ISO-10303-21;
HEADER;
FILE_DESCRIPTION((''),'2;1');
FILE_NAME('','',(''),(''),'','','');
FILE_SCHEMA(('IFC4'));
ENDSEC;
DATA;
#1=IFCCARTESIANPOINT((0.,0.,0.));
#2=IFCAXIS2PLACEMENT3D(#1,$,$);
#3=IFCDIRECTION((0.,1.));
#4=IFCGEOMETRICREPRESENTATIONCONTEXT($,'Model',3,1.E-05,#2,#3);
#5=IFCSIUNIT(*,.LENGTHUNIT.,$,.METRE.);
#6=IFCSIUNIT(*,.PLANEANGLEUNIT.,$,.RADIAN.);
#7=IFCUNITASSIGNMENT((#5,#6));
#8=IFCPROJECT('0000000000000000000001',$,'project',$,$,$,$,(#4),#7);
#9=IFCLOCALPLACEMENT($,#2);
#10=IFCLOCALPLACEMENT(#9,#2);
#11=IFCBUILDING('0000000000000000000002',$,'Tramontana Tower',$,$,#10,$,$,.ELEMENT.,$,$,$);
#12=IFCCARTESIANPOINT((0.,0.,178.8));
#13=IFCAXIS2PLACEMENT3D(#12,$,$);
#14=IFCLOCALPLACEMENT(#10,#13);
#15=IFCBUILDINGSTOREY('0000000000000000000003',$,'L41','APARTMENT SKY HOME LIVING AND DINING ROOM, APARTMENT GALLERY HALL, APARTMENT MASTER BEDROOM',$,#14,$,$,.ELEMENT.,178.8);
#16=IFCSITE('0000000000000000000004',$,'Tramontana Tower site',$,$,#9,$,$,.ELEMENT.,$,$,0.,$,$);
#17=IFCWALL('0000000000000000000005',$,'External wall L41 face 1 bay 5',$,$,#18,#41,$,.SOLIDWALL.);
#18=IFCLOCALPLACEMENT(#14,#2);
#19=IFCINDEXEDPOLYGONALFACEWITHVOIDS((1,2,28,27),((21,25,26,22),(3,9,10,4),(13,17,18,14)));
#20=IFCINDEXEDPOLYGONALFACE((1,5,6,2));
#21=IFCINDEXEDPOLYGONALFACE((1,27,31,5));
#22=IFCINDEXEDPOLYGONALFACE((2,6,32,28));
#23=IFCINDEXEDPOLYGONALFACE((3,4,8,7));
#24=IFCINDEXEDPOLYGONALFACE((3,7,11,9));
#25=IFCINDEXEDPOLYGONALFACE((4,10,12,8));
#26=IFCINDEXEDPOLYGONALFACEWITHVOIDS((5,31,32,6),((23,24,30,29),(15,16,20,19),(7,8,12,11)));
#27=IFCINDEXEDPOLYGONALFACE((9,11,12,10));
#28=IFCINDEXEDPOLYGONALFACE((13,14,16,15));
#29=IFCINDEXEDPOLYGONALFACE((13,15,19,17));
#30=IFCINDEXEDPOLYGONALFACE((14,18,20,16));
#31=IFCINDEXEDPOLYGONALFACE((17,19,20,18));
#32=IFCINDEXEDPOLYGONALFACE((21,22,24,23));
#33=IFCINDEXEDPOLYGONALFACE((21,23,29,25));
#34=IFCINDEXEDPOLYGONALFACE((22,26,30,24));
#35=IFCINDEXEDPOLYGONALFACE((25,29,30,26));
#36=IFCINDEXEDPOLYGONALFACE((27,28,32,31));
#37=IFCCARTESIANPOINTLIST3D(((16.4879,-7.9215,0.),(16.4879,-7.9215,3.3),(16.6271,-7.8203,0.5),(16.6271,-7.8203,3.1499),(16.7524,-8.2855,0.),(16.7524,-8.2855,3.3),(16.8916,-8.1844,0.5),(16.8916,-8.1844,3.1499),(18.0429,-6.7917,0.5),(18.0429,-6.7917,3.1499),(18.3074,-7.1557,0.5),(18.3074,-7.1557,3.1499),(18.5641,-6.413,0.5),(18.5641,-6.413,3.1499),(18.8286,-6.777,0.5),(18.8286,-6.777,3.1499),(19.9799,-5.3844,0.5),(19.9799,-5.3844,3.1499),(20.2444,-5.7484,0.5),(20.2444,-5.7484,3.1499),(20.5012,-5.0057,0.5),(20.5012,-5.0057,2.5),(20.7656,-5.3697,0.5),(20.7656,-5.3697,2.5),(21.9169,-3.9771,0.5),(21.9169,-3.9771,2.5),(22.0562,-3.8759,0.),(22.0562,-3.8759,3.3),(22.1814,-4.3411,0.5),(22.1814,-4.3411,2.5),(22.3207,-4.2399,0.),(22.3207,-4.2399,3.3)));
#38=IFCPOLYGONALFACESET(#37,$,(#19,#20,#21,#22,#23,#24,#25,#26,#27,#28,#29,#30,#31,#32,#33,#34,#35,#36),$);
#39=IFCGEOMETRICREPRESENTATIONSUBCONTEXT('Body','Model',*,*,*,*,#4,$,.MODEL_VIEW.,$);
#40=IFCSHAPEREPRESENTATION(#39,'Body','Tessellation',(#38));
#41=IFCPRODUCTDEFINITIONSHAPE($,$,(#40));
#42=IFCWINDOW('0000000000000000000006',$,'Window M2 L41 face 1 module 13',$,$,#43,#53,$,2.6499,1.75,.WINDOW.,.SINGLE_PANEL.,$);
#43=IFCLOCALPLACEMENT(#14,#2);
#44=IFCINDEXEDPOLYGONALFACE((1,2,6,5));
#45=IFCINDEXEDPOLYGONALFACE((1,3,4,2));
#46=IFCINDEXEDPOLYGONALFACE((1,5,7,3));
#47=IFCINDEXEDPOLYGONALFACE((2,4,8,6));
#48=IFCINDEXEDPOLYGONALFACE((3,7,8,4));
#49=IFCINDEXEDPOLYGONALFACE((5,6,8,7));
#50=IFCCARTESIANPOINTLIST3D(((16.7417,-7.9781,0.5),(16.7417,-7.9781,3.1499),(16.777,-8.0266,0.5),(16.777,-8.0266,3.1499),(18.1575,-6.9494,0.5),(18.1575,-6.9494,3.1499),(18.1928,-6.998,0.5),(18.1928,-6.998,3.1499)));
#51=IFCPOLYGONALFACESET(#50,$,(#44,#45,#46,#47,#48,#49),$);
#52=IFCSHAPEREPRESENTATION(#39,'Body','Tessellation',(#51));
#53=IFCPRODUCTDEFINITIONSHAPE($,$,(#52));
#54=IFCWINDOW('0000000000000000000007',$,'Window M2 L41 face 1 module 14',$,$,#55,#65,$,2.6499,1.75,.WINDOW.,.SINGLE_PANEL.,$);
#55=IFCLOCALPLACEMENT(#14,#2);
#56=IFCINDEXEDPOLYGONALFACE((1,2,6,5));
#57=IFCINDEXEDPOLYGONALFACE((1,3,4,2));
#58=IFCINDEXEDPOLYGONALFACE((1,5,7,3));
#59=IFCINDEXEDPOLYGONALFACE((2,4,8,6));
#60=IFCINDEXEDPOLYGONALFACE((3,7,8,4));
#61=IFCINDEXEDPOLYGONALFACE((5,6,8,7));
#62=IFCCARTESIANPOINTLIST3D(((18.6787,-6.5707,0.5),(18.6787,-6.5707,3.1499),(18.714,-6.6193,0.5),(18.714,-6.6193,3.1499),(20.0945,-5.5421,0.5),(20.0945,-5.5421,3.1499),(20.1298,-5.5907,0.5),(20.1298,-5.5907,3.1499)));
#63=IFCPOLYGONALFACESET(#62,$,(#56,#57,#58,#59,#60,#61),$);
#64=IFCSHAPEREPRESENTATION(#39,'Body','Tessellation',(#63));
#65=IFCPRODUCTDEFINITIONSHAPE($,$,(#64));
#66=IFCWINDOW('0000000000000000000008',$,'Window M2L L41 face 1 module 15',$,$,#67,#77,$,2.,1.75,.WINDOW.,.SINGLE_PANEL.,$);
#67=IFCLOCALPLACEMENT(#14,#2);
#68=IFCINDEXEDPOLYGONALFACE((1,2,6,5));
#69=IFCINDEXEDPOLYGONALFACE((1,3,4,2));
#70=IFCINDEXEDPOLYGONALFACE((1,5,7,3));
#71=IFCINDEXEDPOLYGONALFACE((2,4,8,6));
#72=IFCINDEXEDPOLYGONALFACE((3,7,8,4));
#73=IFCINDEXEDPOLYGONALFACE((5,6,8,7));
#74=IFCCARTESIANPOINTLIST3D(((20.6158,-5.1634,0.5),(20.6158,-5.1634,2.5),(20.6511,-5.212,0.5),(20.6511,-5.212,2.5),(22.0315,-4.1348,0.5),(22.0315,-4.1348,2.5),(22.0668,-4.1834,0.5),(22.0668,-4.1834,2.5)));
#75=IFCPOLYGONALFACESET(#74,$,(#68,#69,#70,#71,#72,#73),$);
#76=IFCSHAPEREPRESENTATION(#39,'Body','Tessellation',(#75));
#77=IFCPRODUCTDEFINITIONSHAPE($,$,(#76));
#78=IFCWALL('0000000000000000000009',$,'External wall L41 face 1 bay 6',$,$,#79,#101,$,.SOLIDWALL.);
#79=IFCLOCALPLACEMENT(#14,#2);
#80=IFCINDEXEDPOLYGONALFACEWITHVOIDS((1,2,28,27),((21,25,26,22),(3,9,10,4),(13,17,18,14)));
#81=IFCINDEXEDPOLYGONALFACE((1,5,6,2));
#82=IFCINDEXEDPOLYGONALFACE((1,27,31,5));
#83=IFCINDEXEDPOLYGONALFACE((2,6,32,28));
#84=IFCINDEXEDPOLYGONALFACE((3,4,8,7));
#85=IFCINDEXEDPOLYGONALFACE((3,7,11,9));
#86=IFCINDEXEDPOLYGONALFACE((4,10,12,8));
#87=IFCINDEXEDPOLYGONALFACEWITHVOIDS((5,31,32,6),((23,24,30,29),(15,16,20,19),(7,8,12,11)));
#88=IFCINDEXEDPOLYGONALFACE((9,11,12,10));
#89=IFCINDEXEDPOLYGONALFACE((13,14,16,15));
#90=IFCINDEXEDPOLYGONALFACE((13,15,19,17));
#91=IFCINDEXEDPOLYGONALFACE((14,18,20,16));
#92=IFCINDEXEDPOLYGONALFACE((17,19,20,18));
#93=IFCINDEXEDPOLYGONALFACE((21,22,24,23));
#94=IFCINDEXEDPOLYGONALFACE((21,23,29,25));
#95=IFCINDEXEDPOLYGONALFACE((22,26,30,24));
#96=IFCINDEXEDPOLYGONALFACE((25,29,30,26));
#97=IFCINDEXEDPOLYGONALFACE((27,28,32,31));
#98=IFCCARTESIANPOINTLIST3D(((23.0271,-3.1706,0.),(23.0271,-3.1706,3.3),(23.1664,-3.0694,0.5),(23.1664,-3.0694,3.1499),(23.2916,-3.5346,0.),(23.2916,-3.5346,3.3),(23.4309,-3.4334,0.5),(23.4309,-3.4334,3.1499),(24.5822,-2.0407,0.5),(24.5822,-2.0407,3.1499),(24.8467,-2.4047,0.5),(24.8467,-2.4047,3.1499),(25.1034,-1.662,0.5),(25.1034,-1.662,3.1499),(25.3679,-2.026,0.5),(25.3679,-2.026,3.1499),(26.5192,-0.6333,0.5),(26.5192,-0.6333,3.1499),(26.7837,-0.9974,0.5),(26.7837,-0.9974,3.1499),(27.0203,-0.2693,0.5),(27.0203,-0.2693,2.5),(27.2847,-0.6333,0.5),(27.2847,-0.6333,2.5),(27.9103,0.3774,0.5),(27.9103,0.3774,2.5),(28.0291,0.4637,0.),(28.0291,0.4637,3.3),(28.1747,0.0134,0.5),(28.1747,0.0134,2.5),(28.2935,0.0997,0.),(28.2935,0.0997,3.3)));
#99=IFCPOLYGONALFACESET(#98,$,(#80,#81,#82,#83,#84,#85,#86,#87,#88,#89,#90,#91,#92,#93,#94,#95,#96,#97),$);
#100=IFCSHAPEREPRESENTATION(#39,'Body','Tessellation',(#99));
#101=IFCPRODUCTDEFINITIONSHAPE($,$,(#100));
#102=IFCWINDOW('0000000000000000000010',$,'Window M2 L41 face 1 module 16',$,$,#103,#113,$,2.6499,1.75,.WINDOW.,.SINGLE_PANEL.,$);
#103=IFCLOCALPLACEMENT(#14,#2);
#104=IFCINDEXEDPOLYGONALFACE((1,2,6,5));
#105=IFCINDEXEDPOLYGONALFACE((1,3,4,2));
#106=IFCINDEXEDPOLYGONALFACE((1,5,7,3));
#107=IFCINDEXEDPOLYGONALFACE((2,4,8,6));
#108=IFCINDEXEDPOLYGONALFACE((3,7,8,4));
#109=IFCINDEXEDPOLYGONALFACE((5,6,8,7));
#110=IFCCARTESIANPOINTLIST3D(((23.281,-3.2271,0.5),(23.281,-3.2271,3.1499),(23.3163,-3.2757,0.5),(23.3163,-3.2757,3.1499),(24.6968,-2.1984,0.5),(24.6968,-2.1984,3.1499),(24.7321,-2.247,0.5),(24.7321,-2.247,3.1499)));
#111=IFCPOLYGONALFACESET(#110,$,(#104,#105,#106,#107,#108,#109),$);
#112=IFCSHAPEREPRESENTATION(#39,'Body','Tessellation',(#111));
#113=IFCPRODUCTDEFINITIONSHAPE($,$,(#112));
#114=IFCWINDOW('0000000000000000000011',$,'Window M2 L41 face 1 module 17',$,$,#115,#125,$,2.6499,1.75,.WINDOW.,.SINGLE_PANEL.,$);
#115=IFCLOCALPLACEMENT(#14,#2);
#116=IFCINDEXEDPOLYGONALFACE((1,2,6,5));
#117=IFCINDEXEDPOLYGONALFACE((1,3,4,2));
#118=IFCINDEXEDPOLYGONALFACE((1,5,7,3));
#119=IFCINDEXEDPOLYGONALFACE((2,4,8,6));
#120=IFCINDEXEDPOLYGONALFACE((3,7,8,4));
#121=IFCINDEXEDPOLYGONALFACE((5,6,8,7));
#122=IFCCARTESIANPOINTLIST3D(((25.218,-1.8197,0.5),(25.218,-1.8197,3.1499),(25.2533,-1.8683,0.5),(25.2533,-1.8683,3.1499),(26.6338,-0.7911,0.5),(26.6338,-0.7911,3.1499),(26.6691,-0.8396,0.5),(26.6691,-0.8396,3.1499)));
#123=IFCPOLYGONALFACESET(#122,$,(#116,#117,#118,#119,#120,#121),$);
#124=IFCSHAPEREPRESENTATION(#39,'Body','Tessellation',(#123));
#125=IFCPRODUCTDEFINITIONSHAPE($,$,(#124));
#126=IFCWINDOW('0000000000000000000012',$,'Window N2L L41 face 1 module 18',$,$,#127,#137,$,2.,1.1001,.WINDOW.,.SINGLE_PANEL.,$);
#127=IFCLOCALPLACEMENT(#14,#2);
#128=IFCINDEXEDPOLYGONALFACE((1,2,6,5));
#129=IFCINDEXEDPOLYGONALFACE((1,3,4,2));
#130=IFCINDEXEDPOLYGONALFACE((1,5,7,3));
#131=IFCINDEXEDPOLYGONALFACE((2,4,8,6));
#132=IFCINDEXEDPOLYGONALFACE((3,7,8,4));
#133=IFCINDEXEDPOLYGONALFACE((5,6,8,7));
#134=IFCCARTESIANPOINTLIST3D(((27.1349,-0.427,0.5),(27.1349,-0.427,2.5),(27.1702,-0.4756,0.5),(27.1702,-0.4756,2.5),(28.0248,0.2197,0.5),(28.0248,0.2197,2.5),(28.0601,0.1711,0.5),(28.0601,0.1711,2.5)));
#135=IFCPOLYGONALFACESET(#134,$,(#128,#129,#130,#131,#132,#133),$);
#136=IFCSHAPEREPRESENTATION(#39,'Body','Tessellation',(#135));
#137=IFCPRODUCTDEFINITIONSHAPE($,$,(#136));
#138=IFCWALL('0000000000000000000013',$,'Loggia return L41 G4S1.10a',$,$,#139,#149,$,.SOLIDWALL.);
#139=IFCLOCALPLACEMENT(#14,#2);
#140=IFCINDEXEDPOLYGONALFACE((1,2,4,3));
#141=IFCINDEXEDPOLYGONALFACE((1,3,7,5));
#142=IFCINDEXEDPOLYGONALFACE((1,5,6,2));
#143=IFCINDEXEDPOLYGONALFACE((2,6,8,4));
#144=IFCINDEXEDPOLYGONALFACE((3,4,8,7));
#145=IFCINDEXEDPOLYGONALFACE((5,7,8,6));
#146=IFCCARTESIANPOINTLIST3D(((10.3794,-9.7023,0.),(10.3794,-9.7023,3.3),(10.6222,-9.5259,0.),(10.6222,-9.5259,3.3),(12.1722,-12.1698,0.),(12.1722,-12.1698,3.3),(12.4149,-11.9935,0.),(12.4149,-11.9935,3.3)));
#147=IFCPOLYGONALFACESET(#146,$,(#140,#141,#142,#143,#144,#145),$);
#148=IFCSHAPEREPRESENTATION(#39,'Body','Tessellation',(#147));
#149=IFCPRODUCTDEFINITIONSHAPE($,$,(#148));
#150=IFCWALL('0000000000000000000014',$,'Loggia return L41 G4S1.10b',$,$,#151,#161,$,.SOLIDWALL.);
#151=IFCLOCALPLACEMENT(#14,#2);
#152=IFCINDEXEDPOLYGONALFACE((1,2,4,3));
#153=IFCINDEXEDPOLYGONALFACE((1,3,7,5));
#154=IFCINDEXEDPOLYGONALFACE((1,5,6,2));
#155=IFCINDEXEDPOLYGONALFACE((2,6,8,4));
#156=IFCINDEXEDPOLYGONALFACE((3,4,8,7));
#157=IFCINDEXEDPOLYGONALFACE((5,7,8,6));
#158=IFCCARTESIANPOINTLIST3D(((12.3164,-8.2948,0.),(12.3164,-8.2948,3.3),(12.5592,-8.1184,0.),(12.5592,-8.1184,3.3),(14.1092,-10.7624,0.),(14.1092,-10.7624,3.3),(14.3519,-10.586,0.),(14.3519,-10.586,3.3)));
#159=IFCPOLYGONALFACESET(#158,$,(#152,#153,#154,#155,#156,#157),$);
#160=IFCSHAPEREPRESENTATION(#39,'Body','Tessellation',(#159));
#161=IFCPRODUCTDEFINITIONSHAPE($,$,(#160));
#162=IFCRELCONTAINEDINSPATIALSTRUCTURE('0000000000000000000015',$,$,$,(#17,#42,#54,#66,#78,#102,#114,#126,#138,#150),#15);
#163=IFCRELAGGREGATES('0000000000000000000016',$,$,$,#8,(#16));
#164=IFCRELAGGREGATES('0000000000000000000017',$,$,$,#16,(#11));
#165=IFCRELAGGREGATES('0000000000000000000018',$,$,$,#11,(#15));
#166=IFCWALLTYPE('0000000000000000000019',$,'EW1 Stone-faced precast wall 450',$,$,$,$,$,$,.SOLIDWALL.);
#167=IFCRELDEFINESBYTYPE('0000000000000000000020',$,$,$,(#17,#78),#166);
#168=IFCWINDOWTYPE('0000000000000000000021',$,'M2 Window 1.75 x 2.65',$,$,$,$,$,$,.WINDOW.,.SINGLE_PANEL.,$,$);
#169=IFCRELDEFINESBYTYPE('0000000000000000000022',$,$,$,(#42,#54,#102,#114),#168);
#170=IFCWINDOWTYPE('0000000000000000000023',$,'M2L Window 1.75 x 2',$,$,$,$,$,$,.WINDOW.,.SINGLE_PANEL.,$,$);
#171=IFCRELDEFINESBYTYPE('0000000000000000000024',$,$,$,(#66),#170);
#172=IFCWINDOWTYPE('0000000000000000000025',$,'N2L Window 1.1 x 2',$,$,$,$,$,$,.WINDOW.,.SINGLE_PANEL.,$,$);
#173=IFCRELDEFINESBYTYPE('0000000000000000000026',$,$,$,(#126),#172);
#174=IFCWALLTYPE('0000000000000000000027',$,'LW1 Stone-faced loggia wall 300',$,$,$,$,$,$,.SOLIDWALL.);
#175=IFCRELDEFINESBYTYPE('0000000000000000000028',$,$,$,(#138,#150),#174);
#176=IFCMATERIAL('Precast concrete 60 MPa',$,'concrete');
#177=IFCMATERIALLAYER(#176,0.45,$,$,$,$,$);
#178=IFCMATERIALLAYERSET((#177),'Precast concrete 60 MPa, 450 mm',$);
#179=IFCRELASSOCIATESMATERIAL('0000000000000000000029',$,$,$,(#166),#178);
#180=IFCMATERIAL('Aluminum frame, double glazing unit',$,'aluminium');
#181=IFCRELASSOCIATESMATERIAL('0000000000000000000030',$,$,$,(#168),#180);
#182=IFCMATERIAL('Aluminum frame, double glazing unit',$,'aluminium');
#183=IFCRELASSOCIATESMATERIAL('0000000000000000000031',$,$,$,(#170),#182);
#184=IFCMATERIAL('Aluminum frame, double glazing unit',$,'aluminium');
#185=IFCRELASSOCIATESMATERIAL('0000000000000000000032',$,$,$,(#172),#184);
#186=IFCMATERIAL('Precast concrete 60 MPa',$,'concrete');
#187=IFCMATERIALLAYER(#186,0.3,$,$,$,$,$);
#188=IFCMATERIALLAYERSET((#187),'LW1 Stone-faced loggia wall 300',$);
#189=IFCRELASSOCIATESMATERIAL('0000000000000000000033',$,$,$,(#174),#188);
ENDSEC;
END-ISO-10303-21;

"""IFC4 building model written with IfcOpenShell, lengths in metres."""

from ifc_helpers import new_model, si_unit, direction, frame, frame_2d, origin, place, context, subcontext, project, spatial, rectangle, extrude, material, layer, layer_set, type_object, element, fill, save


model = new_model("IFC4")

# Units and contexts
model_context = context("Model", 3, precision=1e-05, world=origin(), true_north=direction((0.0, 1.0)))
body_context = subcontext(model_context, "Body", "Model", "MODEL_VIEW")
ifc_project = project(units=[si_unit("LENGTHUNIT", "METRE"), si_unit("PLANEANGLEUNIT", "RADIAN")], contexts=[model_context])

# Site, building, storey
site_placement = place(None, origin())
site = spatial("IfcSite", under=ifc_project, at=site_placement, Name="Tramontana Tower site", CompositionType="ELEMENT", RefElevation=0.0)
building_placement = place(site_placement, origin())
building = spatial("IfcBuilding", under=site, at=building_placement, Name="Tramontana Tower", CompositionType="ELEMENT")
storey_placement = place(building_placement, frame((0.0, 0.0, 178.8)))
storey = spatial("IfcBuildingStorey", under=building, at=storey_placement, Name="L41", Description="APARTMENT SKY HOME LIVING AND DINING ROOM, APARTMENT GALLERY HALL, APARTMENT MASTER BEDROOM", CompositionType="ELEMENT", Elevation=178.8)

# Shared definitions
ifc_material_1 = material(Name="Precast concrete 60 MPa", Category="concrete")
ifc_layer_1 = layer(ifc_material_1, 0.45)
ifc_layer_set_1 = layer_set([ifc_layer_1], Name="Precast concrete 60 MPa, 450 mm")
wall_type_1 = type_object("IfcWallType", Name="EW1 Stone-faced precast wall 450", PredefinedType="SOLIDWALL", material=ifc_layer_set_1)
ifc_material_2 = material(Name="Aluminum frame, double glazing unit", Category="aluminium")
window_type_1 = type_object("IfcWindowType", Name="M2 Window 1.75 x 2.65", PartitioningType="SINGLE_PANEL", PredefinedType="WINDOW", material=ifc_material_2)

# Walls, openings, windows
wall_1_placement = place(storey_placement, frame((16.6201, -8.1035, 0.0), z_axis=(0.0, 0.0, 1.0), x_axis=(0.809017, 0.587786, 0.0)))
wall_1 = element("IfcWall", 1, at=wall_1_placement, inside=storey, type_object=wall_type_1, Name="External wall L41 face 1 bay 5", PredefinedType="SOLIDWALL", context=body_context, shape_type="SweptSolid", body=[
    extrude(rectangle(XDim=6.8828, YDim=0.45, at=frame_2d((3.4414, 0.0))), origin(), (0.0, 0.0, 1.0), 3.3),
])
opening_1_placement = place(wall_1_placement, frame((0.1721, 0.0, 0.5)))
opening_1 = element("IfcOpeningElement", 2, at=opening_1_placement, cuts=wall_1, PredefinedType="OPENING", context=body_context, shape_type="SweptSolid", body=[
    extrude(rectangle(XDim=1.75, YDim=2.6499, at=frame_2d((0.875, 1.325))), frame((0.0, 0.2349, 0.0), z_axis=(0.0, -1.0, 0.0), x_axis=(1.0, 0.0, 0.0)), (0.0, 0.0, 1.0), 0.47),
])
opening_2_placement = place(wall_1_placement, frame((2.5664, 0.0, 0.5)))
opening_2 = element("IfcOpeningElement", 3, at=opening_2_placement, cuts=wall_1, PredefinedType="OPENING", context=body_context, shape_type="SweptSolid", body=[
    extrude(rectangle(XDim=1.75, YDim=2.6499, at=frame_2d((0.875, 1.325))), frame((0.0, 0.2349, 0.0), z_axis=(0.0, -1.0, 0.0), x_axis=(1.0, 0.0, 0.0)), (0.0, 0.0, 1.0), 0.47),
])
opening_3_placement = place(wall_1_placement, frame((4.9607, 0.0, 0.5)))
opening_3 = element("IfcOpeningElement", 4, at=opening_3_placement, cuts=wall_1, PredefinedType="OPENING", context=body_context, shape_type="SweptSolid", body=[
    extrude(rectangle(XDim=1.75, YDim=2.0, at=frame_2d((0.875, 1.0))), frame((0.0, 0.2349, 0.0), z_axis=(0.0, -1.0, 0.0), x_axis=(1.0, 0.0, 0.0)), (0.0, 0.0, 1.0), 0.47),
])
window_1_placement = place(opening_1_placement, origin())
window_1 = element("IfcWindow", 5, at=window_1_placement, inside=storey, type_object=window_type_1, Name="Window M2 L41 face 1 module 13", OverallHeight=2.6499, OverallWidth=1.75, PartitioningType="SINGLE_PANEL", PredefinedType="WINDOW", context=body_context, shape_type="SweptSolid", body=[
    extrude(rectangle(XDim=1.75, YDim=2.6499, at=frame_2d((0.875, 1.325))), frame((0.0, 0.03, 0.0), z_axis=(0.0, -1.0, 0.0), x_axis=(1.0, 0.0, 0.0)), (0.0, 0.0, 1.0), 0.0601),
])
fill(opening_1, window_1)
window_2_placement = place(opening_2_placement, origin())
window_2 = element("IfcWindow", 6, at=window_2_placement, inside=storey, type_object=window_type_1, Name="Window M2 L41 face 1 module 14", OverallHeight=2.6499, OverallWidth=1.75, PartitioningType="SINGLE_PANEL", PredefinedType="WINDOW", context=body_context, shape_type="SweptSolid", body=[
    extrude(rectangle(XDim=1.75, YDim=2.6499, at=frame_2d((0.875, 1.325))), frame((0.0, 0.03, 0.0), z_axis=(0.0, -1.0, 0.0), x_axis=(1.0, 0.0, 0.0)), (0.0, 0.0, 1.0), 0.0601),
])
fill(opening_2, window_2)
ifc_material_3 = material(Name="Aluminum frame, double glazing unit", Category="aluminium")
window_type_2 = type_object("IfcWindowType", Name="M2L Window 1.75 x 2", PartitioningType="SINGLE_PANEL", PredefinedType="WINDOW", material=ifc_material_3)
window_3_placement = place(opening_3_placement, origin())
window_3 = element("IfcWindow", 7, at=window_3_placement, inside=storey, type_object=window_type_2, Name="Window M2L L41 face 1 module 15", OverallHeight=2.0, OverallWidth=1.75, PartitioningType="SINGLE_PANEL", PredefinedType="WINDOW", context=body_context, shape_type="SweptSolid", body=[
    extrude(rectangle(XDim=1.75, YDim=2.0, at=frame_2d((0.875, 1.0))), frame((0.0, 0.03, 0.0), z_axis=(0.0, -1.0, 0.0), x_axis=(1.0, 0.0, 0.0)), (0.0, 0.0, 1.0), 0.0601),
])
fill(opening_3, window_3)
wall_2_placement = place(storey_placement, frame((23.1594, -3.3525, 0.0), z_axis=(0.0, 0.0, 1.0), x_axis=(0.809006, 0.587801, 0.0)))
wall_2 = element("IfcWall", 8, at=wall_2_placement, inside=storey, type_object=wall_type_1, Name="External wall L41 face 1 bay 6", PredefinedType="SOLIDWALL", context=body_context, shape_type="SweptSolid", body=[
    extrude(rectangle(XDim=6.1829, YDim=0.45, at=frame_2d((3.0913, 0.0))), origin(), (0.0, 0.0, 1.0), 3.3),
])
opening_4_placement = place(wall_2_placement, frame((0.1721, 0.0, 0.5)))
opening_4 = element("IfcOpeningElement", 9, at=opening_4_placement, cuts=wall_2, PredefinedType="OPENING", context=body_context, shape_type="SweptSolid", body=[
    extrude(rectangle(XDim=1.75, YDim=2.6499, at=frame_2d((0.875, 1.325))), frame((0.0, 0.2349, 0.0), z_axis=(0.0, -1.0, 0.0), x_axis=(1.0, 0.0, 0.0)), (0.0, 0.0, 1.0), 0.47),
])
opening_5_placement = place(wall_2_placement, frame((2.5664, 0.0, 0.5)))
opening_5 = element("IfcOpeningElement", 10, at=opening_5_placement, cuts=wall_2, PredefinedType="OPENING", context=body_context, shape_type="SweptSolid", body=[
    extrude(rectangle(XDim=1.75, YDim=2.6499, at=frame_2d((0.875, 1.325))), frame((0.0, 0.2349, 0.0), z_axis=(0.0, -1.0, 0.0), x_axis=(1.0, 0.0, 0.0)), (0.0, 0.0, 1.0), 0.47),
])
opening_6_placement = place(wall_2_placement, frame((4.9358, 0.0, 0.5)))
opening_6 = element("IfcOpeningElement", 11, at=opening_6_placement, cuts=wall_2, PredefinedType="OPENING", context=body_context, shape_type="SweptSolid", body=[
    extrude(rectangle(XDim=1.1001, YDim=2.0, at=frame_2d((0.55, 1.0))), frame((0.0, 0.2349, 0.0), z_axis=(0.0, -1.0, 0.0), x_axis=(1.0, 0.0, 0.0)), (0.0, 0.0, 1.0), 0.47),
])
window_4_placement = place(opening_4_placement, origin())
window_4 = element("IfcWindow", 12, at=window_4_placement, inside=storey, type_object=window_type_1, Name="Window M2 L41 face 1 module 16", OverallHeight=2.6499, OverallWidth=1.75, PartitioningType="SINGLE_PANEL", PredefinedType="WINDOW", context=body_context, shape_type="SweptSolid", body=[
    extrude(rectangle(XDim=1.75, YDim=2.6499, at=frame_2d((0.875, 1.325))), frame((0.0, 0.03, 0.0), z_axis=(0.0, -1.0, 0.0), x_axis=(1.0, 0.0, 0.0)), (0.0, 0.0, 1.0), 0.0601),
])
fill(opening_4, window_4)
window_5_placement = place(opening_5_placement, origin())
window_5 = element("IfcWindow", 13, at=window_5_placement, inside=storey, type_object=window_type_1, Name="Window M2 L41 face 1 module 17", OverallHeight=2.6499, OverallWidth=1.75, PartitioningType="SINGLE_PANEL", PredefinedType="WINDOW", context=body_context, shape_type="SweptSolid", body=[
    extrude(rectangle(XDim=1.75, YDim=2.6499, at=frame_2d((0.875, 1.325))), frame((0.0, 0.03, 0.0), z_axis=(0.0, -1.0, 0.0), x_axis=(1.0, 0.0, 0.0)), (0.0, 0.0, 1.0), 0.0601),
])
fill(opening_5, window_5)
ifc_material_4 = material(Name="Aluminum frame, double glazing unit", Category="aluminium")
window_type_3 = type_object("IfcWindowType", Name="N2L Window 1.1 x 2", PartitioningType="SINGLE_PANEL", PredefinedType="WINDOW", material=ifc_material_4)
window_6_placement = place(opening_6_placement, origin())
window_6 = element("IfcWindow", 14, at=window_6_placement, inside=storey, type_object=window_type_3, Name="Window N2L L41 face 1 module 18", OverallHeight=2.0, OverallWidth=1.1001, PartitioningType="SINGLE_PANEL", PredefinedType="WINDOW", context=body_context, shape_type="SweptSolid", body=[
    extrude(rectangle(XDim=1.1001, YDim=2.0, at=frame_2d((0.55, 1.0))), frame((0.0, 0.03, 0.0), z_axis=(0.0, -1.0, 0.0), x_axis=(1.0, 0.0, 0.0)), (0.0, 0.0, 1.0), 0.0601),
])
fill(opening_6, window_6)

# Walls
ifc_material_5 = material(Name="Precast concrete 60 MPa", Category="concrete")
ifc_layer_2 = layer(ifc_material_5, 0.3)
ifc_layer_set_2 = layer_set([ifc_layer_2], Name="LW1 Stone-faced loggia wall 300")
wall_type_2 = type_object("IfcWallType", Name="LW1 Stone-faced loggia wall 300", PredefinedType="SOLIDWALL", material=ifc_layer_set_2)
for number, where, z_axis, x_axis, name in (
    (15, (12.2935, -12.0815, 0.0), (0.0, 0.0, 1.0), (-0.587777, 0.809023, 0.0), "Loggia return L41 G4S1.10a"),
    (16, (14.2305, -10.6741, 0.0), (0.0, 0.0, 1.0), (-0.587777, 0.809023, 0.0), "Loggia return L41 G4S1.10b"),
):
    element("IfcWall", number, at=place(storey_placement, frame(where, z_axis=z_axis, x_axis=x_axis)), inside=storey, type_object=wall_type_2, Name=name, PredefinedType="SOLIDWALL", context=body_context, shape_type="SweptSolid", body=[
        extrude(rectangle(XDim=3.05, YDim=0.3, at=frame_2d((1.5249, 0.0))), origin(), (0.0, 0.0, 1.0), 3.3),
    ])

save(model, "model.ifc")
